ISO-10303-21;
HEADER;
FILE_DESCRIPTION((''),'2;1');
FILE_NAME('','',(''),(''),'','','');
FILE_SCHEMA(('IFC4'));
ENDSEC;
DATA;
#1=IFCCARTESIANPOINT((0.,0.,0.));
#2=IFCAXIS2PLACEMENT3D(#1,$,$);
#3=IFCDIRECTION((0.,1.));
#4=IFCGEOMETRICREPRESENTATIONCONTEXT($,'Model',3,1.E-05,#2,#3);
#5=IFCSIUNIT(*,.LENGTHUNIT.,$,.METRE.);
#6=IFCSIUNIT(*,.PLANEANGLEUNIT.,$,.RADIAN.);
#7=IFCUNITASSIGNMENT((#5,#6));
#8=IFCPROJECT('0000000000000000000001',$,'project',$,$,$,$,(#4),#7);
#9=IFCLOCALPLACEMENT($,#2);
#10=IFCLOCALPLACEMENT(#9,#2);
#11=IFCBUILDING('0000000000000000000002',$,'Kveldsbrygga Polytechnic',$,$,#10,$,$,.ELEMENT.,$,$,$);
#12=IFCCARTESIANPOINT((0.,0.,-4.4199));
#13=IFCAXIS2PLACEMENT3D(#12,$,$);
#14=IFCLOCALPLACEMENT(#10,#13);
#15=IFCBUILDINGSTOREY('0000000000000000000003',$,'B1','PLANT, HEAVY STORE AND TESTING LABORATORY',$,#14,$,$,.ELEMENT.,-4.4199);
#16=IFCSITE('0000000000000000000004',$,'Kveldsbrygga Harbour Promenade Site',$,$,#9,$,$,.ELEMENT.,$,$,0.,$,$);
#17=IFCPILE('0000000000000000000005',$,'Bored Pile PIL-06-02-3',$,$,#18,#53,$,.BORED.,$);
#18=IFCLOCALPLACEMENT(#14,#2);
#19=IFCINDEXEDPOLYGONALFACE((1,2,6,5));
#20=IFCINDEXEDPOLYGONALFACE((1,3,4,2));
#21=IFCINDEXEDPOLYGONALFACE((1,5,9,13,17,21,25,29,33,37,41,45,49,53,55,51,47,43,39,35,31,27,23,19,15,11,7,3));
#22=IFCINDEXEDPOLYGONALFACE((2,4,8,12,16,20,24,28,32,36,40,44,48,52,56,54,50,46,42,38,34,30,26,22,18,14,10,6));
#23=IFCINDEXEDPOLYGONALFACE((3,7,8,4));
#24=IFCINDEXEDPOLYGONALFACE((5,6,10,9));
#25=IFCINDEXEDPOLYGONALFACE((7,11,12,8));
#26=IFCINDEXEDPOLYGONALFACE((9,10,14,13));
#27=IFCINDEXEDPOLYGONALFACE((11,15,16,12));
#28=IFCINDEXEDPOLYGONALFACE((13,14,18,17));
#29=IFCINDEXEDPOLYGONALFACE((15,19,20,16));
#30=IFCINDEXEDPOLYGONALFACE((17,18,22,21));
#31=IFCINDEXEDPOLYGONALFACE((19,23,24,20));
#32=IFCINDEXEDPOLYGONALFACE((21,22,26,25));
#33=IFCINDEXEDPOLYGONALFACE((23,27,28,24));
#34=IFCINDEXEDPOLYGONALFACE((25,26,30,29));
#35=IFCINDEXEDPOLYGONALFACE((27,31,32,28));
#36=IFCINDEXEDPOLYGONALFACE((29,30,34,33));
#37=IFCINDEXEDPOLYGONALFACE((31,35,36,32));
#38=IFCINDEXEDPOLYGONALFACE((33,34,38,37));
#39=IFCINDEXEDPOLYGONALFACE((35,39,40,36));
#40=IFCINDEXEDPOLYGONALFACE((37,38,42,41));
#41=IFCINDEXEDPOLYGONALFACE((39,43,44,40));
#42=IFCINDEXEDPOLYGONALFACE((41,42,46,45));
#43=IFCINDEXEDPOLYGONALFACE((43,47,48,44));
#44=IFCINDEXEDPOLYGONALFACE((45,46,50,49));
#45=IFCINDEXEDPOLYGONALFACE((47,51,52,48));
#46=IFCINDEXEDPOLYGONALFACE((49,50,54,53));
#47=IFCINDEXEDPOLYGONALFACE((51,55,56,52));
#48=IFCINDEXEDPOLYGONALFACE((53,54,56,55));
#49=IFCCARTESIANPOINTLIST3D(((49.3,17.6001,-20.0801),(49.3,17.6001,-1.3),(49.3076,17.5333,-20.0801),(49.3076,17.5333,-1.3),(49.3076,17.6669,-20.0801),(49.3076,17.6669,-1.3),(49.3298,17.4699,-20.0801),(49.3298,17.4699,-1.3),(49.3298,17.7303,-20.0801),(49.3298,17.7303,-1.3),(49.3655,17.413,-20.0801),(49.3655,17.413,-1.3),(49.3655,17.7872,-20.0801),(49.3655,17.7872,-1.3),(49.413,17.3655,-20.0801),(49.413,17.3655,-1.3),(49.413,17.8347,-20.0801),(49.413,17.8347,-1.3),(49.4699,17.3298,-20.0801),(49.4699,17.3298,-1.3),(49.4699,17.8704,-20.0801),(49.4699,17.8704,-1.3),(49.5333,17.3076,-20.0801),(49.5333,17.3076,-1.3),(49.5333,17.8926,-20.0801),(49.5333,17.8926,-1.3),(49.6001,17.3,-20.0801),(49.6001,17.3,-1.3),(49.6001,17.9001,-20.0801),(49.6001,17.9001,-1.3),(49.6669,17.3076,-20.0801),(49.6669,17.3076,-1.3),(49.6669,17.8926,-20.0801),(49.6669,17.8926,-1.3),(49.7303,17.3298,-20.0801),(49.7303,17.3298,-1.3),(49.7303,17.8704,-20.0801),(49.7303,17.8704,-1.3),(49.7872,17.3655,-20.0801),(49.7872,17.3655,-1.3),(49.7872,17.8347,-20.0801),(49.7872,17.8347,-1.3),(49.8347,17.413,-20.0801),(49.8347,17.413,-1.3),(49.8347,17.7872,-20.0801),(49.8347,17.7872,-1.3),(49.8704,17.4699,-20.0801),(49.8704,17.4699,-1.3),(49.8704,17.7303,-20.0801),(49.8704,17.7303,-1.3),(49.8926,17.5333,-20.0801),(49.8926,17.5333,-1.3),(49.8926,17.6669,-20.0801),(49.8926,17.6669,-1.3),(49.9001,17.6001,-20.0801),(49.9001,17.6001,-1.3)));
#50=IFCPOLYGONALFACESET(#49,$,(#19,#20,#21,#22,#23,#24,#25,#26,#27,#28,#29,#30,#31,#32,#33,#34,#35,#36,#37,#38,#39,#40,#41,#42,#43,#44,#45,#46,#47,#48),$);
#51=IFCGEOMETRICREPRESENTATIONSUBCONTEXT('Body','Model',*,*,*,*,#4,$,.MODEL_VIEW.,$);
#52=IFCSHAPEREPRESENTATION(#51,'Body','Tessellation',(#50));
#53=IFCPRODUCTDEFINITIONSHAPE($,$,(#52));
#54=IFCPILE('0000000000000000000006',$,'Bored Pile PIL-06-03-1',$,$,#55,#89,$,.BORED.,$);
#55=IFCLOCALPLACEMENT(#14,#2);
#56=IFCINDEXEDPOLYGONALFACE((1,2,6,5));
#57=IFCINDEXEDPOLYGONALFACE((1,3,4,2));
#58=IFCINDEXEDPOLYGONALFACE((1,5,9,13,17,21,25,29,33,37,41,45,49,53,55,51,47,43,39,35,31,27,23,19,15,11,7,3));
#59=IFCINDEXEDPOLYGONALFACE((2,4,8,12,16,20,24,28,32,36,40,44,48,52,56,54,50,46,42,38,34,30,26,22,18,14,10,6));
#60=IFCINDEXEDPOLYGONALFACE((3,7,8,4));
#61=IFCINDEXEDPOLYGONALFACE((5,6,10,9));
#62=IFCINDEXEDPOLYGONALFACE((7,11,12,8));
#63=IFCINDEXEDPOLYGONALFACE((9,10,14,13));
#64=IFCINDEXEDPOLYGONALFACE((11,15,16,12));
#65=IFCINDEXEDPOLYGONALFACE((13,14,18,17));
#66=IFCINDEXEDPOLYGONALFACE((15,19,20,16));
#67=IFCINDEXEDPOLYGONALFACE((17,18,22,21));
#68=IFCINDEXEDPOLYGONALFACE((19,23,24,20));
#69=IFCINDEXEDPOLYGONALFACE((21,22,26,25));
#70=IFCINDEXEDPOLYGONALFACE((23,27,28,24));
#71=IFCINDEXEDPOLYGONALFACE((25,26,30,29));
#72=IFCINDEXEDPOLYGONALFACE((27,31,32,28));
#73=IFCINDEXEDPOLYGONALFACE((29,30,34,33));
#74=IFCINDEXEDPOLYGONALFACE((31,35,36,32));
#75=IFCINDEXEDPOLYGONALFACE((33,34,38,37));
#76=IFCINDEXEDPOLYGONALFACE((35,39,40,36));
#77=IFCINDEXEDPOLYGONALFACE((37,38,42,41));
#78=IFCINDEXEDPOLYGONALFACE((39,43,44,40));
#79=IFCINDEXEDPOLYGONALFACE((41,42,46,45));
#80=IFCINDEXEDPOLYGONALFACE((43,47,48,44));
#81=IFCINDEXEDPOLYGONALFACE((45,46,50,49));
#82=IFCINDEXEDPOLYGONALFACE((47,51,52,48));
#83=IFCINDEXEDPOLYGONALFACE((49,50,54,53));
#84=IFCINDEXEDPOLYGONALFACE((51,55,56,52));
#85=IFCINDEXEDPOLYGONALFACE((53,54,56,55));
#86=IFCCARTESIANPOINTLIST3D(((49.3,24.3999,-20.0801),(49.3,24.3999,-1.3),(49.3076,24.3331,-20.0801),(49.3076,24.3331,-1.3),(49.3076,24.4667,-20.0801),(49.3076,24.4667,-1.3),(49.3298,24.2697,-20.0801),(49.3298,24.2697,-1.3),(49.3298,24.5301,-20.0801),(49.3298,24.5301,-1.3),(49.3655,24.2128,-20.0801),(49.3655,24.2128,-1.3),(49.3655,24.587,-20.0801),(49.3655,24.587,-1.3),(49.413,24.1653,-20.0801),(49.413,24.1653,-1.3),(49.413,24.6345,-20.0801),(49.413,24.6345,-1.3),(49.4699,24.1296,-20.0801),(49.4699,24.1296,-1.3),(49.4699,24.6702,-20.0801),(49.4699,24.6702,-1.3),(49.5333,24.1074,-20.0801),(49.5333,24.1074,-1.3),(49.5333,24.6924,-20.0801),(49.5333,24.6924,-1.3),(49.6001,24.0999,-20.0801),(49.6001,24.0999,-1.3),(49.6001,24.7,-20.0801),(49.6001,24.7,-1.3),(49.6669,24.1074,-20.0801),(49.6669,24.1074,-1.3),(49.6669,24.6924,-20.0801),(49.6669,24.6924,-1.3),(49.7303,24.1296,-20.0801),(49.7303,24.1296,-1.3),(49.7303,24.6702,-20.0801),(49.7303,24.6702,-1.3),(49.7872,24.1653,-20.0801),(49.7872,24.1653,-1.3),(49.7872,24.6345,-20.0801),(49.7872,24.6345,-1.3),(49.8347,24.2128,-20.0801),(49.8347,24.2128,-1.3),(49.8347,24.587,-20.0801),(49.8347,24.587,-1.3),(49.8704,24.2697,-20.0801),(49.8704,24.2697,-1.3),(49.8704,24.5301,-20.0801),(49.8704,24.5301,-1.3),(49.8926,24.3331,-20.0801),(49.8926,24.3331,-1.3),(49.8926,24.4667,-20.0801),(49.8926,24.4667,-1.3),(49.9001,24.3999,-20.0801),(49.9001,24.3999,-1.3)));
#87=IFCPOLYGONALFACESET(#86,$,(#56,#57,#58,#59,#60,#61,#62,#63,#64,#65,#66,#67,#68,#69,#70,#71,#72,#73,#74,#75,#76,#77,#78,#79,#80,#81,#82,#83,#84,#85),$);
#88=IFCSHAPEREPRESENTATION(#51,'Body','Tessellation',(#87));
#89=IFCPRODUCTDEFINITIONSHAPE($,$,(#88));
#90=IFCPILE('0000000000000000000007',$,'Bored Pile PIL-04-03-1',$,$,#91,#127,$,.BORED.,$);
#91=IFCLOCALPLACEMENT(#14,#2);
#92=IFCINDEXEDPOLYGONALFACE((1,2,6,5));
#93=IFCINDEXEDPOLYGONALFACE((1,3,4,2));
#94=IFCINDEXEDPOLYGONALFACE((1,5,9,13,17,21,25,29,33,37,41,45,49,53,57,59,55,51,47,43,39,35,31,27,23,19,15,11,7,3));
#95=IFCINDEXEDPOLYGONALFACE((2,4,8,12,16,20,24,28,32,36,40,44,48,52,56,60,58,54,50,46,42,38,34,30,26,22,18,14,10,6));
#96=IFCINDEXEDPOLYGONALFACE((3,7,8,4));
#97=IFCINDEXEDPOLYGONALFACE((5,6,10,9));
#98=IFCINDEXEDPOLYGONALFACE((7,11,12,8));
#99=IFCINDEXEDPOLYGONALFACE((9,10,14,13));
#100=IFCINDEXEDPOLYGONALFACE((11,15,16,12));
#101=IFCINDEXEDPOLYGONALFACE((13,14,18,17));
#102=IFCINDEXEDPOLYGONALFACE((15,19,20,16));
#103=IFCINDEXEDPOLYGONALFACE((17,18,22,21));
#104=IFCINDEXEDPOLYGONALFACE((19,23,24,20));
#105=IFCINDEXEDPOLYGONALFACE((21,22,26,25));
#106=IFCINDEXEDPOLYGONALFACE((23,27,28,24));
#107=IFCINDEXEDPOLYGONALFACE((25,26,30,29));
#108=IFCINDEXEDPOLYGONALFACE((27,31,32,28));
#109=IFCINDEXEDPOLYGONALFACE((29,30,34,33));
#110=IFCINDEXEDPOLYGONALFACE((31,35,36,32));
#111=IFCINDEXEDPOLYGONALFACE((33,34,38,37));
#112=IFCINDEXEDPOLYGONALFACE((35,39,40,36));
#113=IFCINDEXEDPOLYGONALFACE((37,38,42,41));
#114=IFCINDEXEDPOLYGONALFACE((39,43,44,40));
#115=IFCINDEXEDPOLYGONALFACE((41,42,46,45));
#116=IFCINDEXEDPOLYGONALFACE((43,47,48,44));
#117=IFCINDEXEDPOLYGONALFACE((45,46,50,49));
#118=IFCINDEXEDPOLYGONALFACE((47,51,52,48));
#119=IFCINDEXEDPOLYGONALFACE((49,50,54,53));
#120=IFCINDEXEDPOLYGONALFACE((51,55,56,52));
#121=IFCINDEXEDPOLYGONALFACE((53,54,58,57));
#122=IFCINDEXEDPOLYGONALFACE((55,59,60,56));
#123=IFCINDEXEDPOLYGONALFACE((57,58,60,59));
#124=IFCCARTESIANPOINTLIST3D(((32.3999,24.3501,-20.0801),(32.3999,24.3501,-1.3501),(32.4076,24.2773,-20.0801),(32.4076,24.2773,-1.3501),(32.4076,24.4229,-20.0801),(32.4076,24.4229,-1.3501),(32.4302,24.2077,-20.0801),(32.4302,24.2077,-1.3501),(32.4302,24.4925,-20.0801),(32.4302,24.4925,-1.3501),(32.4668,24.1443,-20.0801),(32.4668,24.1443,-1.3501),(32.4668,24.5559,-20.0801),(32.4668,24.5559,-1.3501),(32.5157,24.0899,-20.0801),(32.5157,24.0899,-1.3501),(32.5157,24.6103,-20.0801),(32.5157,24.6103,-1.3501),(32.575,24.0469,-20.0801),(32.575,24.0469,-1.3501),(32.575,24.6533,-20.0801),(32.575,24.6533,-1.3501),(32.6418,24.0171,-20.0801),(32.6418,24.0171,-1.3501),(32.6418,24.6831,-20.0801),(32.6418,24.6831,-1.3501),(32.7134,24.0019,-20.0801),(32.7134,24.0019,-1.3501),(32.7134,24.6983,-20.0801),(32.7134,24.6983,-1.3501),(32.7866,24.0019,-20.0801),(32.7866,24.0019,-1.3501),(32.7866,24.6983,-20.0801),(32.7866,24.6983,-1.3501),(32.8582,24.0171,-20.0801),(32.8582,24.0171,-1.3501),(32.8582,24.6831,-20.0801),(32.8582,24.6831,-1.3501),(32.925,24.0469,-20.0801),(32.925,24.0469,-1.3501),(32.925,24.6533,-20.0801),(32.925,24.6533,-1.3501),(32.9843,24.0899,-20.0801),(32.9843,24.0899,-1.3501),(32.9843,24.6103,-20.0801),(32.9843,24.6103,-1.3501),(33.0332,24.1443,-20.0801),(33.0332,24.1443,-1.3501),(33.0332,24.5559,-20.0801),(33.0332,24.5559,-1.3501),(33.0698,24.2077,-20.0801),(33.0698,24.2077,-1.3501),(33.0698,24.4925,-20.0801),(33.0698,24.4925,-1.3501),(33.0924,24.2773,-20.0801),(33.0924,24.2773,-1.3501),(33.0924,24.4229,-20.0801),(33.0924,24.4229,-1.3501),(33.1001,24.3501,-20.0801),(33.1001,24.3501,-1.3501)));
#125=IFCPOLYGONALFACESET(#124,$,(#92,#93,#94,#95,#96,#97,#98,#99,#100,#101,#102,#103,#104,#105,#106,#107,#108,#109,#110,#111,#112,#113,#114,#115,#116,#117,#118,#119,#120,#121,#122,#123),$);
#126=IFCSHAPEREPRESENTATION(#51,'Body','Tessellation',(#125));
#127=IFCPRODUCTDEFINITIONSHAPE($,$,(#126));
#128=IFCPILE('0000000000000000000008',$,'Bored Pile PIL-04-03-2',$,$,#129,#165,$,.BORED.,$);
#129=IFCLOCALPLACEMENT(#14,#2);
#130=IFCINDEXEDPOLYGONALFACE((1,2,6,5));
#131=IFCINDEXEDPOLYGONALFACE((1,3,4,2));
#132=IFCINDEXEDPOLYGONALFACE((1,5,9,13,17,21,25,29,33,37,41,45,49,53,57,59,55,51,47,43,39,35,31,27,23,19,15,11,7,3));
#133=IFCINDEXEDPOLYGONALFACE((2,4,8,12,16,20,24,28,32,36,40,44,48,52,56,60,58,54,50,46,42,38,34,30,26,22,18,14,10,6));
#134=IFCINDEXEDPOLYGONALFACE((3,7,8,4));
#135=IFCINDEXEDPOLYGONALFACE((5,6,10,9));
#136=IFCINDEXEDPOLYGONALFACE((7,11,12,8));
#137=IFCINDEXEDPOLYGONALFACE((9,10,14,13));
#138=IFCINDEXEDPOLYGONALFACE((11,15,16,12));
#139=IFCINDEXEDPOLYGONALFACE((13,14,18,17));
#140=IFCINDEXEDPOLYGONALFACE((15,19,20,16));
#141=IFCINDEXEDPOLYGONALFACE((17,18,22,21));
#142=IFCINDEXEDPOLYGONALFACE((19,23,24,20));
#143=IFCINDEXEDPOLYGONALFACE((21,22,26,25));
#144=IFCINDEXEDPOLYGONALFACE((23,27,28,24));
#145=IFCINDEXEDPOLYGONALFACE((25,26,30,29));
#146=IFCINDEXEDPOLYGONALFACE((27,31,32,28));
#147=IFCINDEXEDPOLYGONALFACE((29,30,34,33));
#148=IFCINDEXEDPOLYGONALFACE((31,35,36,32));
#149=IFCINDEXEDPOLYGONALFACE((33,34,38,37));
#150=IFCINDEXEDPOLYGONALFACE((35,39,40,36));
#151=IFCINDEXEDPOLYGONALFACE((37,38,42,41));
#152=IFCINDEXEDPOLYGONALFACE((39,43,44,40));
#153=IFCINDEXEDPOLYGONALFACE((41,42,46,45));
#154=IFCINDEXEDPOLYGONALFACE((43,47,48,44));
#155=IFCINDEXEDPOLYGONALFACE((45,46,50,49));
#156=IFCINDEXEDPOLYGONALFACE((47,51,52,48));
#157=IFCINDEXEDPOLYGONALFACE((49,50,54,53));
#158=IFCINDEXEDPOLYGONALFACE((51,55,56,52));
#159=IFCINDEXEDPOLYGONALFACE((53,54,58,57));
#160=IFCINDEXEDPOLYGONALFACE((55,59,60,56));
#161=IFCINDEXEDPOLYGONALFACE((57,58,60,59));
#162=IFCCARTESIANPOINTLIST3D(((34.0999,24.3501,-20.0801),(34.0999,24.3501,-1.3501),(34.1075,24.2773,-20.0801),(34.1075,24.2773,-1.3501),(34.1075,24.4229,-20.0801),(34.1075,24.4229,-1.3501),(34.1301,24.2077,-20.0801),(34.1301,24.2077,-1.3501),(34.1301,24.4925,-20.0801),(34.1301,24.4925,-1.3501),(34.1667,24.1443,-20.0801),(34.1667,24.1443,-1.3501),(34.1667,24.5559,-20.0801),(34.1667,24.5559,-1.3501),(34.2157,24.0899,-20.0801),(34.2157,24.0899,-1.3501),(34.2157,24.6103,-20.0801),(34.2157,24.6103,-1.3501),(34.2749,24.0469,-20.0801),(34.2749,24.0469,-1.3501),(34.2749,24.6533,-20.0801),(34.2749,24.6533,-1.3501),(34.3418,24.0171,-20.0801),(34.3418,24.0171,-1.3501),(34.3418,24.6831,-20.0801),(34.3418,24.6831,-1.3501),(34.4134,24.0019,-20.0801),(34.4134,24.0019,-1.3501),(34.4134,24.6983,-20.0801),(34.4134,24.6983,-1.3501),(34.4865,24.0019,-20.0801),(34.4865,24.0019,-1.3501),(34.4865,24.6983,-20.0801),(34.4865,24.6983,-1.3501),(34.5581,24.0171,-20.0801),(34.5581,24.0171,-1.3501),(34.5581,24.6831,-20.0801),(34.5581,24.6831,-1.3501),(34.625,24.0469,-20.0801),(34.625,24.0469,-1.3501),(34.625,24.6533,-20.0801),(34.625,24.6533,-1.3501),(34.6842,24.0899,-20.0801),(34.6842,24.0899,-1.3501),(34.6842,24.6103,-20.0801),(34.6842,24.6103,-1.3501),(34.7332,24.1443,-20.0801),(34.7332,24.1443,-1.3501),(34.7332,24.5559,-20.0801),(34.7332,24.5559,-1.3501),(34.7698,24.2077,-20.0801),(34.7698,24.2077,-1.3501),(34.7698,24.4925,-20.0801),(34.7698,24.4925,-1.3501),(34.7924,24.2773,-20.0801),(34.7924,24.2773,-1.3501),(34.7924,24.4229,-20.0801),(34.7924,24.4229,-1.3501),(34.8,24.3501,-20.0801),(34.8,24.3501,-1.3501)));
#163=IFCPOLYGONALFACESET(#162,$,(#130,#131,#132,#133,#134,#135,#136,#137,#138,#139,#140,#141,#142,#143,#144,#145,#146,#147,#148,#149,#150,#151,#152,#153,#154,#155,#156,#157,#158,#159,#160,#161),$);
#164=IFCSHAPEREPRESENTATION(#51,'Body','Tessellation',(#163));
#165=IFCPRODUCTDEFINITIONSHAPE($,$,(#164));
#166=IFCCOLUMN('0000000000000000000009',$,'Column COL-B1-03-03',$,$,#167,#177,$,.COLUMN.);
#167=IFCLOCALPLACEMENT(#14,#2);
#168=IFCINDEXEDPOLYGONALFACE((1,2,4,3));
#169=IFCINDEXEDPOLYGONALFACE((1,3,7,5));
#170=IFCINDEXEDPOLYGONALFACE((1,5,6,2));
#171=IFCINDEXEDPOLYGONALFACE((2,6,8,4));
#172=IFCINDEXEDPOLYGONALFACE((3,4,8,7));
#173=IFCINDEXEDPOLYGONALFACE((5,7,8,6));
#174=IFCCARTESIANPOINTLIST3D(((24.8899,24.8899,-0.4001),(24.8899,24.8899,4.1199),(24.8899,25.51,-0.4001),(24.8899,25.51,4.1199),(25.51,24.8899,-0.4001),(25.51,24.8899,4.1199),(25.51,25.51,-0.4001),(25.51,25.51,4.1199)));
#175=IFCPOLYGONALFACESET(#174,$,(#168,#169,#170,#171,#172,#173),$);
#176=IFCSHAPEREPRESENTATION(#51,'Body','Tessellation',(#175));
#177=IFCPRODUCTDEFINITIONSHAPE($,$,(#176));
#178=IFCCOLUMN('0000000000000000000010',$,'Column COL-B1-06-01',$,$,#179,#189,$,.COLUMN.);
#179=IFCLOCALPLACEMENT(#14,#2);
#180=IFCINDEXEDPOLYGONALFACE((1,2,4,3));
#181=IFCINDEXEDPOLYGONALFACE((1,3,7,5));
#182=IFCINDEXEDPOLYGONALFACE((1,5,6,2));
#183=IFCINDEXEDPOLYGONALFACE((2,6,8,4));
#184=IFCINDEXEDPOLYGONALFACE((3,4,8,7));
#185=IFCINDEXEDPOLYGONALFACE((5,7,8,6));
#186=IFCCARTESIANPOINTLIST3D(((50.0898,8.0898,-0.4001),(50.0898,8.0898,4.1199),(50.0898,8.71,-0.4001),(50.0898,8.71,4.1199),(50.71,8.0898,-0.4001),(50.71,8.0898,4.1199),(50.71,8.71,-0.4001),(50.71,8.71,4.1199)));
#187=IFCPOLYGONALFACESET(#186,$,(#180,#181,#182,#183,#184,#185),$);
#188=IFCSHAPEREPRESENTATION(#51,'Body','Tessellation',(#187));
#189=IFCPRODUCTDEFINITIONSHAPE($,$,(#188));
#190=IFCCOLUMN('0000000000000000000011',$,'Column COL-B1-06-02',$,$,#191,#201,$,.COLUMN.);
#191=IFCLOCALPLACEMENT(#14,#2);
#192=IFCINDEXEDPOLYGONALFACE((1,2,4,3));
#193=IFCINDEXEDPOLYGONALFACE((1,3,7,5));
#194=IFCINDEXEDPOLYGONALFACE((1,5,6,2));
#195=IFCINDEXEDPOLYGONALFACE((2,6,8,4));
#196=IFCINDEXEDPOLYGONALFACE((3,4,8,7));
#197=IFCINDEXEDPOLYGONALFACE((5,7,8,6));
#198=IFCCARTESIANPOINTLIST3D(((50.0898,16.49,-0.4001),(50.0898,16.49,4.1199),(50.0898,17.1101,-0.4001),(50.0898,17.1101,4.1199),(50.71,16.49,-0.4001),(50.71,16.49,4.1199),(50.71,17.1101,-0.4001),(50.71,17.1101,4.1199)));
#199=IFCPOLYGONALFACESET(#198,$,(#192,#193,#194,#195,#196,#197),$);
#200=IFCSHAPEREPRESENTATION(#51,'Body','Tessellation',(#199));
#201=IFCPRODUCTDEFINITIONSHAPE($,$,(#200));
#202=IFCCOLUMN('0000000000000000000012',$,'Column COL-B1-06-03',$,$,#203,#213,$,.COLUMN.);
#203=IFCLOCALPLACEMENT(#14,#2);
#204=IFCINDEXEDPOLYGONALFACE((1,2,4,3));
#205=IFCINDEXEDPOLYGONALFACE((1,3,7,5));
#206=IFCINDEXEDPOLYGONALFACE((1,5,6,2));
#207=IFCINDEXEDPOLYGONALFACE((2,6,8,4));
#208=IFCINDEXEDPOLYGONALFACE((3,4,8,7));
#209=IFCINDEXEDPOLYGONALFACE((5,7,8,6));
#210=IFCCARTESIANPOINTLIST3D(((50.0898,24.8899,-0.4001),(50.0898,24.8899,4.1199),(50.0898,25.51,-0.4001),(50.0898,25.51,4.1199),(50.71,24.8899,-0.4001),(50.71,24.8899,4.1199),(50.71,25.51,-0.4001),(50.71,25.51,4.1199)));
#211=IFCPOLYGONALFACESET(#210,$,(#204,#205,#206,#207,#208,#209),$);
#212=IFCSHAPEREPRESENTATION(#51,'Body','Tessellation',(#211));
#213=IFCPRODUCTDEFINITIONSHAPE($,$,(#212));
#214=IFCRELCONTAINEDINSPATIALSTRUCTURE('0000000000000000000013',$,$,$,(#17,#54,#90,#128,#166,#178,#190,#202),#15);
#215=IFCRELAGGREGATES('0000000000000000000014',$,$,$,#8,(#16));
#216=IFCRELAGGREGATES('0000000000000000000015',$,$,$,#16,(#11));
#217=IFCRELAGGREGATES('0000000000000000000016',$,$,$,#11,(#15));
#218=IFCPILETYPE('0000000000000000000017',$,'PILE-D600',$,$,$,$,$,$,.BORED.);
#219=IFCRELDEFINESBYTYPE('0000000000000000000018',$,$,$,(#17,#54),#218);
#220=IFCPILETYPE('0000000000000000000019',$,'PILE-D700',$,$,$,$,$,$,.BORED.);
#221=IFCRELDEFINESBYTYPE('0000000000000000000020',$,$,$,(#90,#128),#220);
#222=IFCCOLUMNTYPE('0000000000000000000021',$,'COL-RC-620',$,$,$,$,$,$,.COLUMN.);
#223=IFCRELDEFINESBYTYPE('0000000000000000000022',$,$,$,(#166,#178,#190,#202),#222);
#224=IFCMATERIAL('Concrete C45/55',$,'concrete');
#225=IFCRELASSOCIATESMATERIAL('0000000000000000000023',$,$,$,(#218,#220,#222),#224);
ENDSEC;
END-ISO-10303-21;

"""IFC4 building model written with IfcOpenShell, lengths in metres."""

from ifc_helpers import new_model, si_unit, direction, frame, origin, origin_2d, place, context, subcontext, project, spatial, rectangle, circle, extrude, material, material_profile, profile_set, type_object, element, save


model = new_model("IFC4")

# Units and contexts
model_context = context("Model", 3, precision=1e-05, world=origin(), true_north=direction((0.0, 1.0)))
body_context = subcontext(model_context, "Body", "Model", "MODEL_VIEW")
ifc_project = project(units=[si_unit("LENGTHUNIT", "METRE"), si_unit("PLANEANGLEUNIT", "RADIAN")], contexts=[model_context])

# Site, building, storey
site_placement = place(None, origin())
site = spatial("IfcSite", under=ifc_project, at=site_placement, Name="Kveldsbrygga Harbour Promenade Site", CompositionType="ELEMENT", RefElevation=0.0)
building_placement = place(site_placement, origin())
building = spatial("IfcBuilding", under=site, at=building_placement, Name="Kveldsbrygga Polytechnic", CompositionType="ELEMENT")
storey_placement = place(building_placement, frame((0.0, 0.0, -4.4199)))
storey = spatial("IfcBuildingStorey", under=building, at=storey_placement, Name="B1", Description="PLANT, HEAVY STORE AND TESTING LABORATORY", CompositionType="ELEMENT", Elevation=-4.4199)

# Shared definitions
ifc_material_1 = material(Name="Concrete C45/55", Category="concrete")

# Piles
ifc_material_profile_1 = material_profile(ifc_material_1, circle(Radius=0.3, at=origin_2d()), Name="PILE D600")
ifc_profile_set_1 = profile_set([ifc_material_profile_1], Name="Concrete C45/55")
pile_type_1 = type_object("IfcPileType", Name="PILE-D600", PredefinedType="BORED", material=ifc_profile_set_1)
for number, where, z_axis, x_axis, name in (
    (1, (49.6001, 17.6001, -1.3), (0.0, 0.0, -1.0), (1.0, 0.0, 0.0), "Bored Pile PIL-06-02-3"),
    (2, (49.6001, 24.3999, -1.3), (0.0, 0.0, -1.0), (1.0, 0.0, 0.0), "Bored Pile PIL-06-03-1"),
):
    element("IfcPile", number, at=place(storey_placement, frame(where, z_axis=z_axis, x_axis=x_axis)), inside=storey, type_object=pile_type_1, Name=name, PredefinedType="BORED", context=body_context, shape_type="SweptSolid", body=[
        extrude(circle(Radius=0.3, at=origin_2d()), origin(), (0.0, 0.0, 1.0), 18.78),
    ])
ifc_material_profile_2 = material_profile(ifc_material_1, circle(Radius=0.3501, at=origin_2d()), Name="PILE D700")
ifc_profile_set_2 = profile_set([ifc_material_profile_2], Name="Concrete C45/55")
pile_type_2 = type_object("IfcPileType", Name="PILE-D700", PredefinedType="BORED", material=ifc_profile_set_2)
for number, where, z_axis, x_axis, name in (
    (3, (32.75, 24.3501, -1.3501), (0.0, 0.0, -1.0), (1.0, 0.0, 0.0), "Bored Pile PIL-04-03-1"),
    (4, (34.45, 24.3501, -1.3501), (0.0, 0.0, -1.0), (1.0, 0.0, 0.0), "Bored Pile PIL-04-03-2"),
):
    element("IfcPile", number, at=place(storey_placement, frame(where, z_axis=z_axis, x_axis=x_axis)), inside=storey, type_object=pile_type_2, Name=name, PredefinedType="BORED", context=body_context, shape_type="SweptSolid", body=[
        extrude(circle(Radius=0.3501, at=origin_2d()), origin(), (0.0, 0.0, 1.0), 18.73),
    ])

# Columns
ifc_material_profile_3 = material_profile(ifc_material_1, rectangle(XDim=0.6201, YDim=0.6201, at=origin_2d()), Name="RC 620x620")
ifc_profile_set_3 = profile_set([ifc_material_profile_3], Name="Concrete C45/55")
column_type_1 = type_object("IfcColumnType", Name="COL-RC-620", PredefinedType="COLUMN", material=ifc_profile_set_3)
for number, where, z_axis, x_axis, name in (
    (5, (25.2, 25.2, -0.4001), (0.0, 0.0, 1.0), (1.0, 0.0, 0.0), "Column COL-B1-03-03"),
    (6, (50.3999, 8.3999, -0.4001), (0.0, 0.0, 1.0), (1.0, 0.0, 0.0), "Column COL-B1-06-01"),
    (7, (50.3999, 16.8, -0.4001), (0.0, 0.0, 1.0), (1.0, 0.0, 0.0), "Column COL-B1-06-02"),
    (8, (50.3999, 25.2, -0.4001), (0.0, 0.0, 1.0), (1.0, 0.0, 0.0), "Column COL-B1-06-03"),
):
    element("IfcColumn", number, at=place(storey_placement, frame(where, z_axis=z_axis, x_axis=x_axis)), inside=storey, type_object=column_type_1, Name=name, PredefinedType="COLUMN", context=body_context, shape_type="SweptSolid", body=[
        extrude(rectangle(XDim=0.6201, YDim=0.6201, at=origin_2d()), origin(), (0.0, 0.0, 1.0), 4.52),
    ])

save(model, "model.ifc")
